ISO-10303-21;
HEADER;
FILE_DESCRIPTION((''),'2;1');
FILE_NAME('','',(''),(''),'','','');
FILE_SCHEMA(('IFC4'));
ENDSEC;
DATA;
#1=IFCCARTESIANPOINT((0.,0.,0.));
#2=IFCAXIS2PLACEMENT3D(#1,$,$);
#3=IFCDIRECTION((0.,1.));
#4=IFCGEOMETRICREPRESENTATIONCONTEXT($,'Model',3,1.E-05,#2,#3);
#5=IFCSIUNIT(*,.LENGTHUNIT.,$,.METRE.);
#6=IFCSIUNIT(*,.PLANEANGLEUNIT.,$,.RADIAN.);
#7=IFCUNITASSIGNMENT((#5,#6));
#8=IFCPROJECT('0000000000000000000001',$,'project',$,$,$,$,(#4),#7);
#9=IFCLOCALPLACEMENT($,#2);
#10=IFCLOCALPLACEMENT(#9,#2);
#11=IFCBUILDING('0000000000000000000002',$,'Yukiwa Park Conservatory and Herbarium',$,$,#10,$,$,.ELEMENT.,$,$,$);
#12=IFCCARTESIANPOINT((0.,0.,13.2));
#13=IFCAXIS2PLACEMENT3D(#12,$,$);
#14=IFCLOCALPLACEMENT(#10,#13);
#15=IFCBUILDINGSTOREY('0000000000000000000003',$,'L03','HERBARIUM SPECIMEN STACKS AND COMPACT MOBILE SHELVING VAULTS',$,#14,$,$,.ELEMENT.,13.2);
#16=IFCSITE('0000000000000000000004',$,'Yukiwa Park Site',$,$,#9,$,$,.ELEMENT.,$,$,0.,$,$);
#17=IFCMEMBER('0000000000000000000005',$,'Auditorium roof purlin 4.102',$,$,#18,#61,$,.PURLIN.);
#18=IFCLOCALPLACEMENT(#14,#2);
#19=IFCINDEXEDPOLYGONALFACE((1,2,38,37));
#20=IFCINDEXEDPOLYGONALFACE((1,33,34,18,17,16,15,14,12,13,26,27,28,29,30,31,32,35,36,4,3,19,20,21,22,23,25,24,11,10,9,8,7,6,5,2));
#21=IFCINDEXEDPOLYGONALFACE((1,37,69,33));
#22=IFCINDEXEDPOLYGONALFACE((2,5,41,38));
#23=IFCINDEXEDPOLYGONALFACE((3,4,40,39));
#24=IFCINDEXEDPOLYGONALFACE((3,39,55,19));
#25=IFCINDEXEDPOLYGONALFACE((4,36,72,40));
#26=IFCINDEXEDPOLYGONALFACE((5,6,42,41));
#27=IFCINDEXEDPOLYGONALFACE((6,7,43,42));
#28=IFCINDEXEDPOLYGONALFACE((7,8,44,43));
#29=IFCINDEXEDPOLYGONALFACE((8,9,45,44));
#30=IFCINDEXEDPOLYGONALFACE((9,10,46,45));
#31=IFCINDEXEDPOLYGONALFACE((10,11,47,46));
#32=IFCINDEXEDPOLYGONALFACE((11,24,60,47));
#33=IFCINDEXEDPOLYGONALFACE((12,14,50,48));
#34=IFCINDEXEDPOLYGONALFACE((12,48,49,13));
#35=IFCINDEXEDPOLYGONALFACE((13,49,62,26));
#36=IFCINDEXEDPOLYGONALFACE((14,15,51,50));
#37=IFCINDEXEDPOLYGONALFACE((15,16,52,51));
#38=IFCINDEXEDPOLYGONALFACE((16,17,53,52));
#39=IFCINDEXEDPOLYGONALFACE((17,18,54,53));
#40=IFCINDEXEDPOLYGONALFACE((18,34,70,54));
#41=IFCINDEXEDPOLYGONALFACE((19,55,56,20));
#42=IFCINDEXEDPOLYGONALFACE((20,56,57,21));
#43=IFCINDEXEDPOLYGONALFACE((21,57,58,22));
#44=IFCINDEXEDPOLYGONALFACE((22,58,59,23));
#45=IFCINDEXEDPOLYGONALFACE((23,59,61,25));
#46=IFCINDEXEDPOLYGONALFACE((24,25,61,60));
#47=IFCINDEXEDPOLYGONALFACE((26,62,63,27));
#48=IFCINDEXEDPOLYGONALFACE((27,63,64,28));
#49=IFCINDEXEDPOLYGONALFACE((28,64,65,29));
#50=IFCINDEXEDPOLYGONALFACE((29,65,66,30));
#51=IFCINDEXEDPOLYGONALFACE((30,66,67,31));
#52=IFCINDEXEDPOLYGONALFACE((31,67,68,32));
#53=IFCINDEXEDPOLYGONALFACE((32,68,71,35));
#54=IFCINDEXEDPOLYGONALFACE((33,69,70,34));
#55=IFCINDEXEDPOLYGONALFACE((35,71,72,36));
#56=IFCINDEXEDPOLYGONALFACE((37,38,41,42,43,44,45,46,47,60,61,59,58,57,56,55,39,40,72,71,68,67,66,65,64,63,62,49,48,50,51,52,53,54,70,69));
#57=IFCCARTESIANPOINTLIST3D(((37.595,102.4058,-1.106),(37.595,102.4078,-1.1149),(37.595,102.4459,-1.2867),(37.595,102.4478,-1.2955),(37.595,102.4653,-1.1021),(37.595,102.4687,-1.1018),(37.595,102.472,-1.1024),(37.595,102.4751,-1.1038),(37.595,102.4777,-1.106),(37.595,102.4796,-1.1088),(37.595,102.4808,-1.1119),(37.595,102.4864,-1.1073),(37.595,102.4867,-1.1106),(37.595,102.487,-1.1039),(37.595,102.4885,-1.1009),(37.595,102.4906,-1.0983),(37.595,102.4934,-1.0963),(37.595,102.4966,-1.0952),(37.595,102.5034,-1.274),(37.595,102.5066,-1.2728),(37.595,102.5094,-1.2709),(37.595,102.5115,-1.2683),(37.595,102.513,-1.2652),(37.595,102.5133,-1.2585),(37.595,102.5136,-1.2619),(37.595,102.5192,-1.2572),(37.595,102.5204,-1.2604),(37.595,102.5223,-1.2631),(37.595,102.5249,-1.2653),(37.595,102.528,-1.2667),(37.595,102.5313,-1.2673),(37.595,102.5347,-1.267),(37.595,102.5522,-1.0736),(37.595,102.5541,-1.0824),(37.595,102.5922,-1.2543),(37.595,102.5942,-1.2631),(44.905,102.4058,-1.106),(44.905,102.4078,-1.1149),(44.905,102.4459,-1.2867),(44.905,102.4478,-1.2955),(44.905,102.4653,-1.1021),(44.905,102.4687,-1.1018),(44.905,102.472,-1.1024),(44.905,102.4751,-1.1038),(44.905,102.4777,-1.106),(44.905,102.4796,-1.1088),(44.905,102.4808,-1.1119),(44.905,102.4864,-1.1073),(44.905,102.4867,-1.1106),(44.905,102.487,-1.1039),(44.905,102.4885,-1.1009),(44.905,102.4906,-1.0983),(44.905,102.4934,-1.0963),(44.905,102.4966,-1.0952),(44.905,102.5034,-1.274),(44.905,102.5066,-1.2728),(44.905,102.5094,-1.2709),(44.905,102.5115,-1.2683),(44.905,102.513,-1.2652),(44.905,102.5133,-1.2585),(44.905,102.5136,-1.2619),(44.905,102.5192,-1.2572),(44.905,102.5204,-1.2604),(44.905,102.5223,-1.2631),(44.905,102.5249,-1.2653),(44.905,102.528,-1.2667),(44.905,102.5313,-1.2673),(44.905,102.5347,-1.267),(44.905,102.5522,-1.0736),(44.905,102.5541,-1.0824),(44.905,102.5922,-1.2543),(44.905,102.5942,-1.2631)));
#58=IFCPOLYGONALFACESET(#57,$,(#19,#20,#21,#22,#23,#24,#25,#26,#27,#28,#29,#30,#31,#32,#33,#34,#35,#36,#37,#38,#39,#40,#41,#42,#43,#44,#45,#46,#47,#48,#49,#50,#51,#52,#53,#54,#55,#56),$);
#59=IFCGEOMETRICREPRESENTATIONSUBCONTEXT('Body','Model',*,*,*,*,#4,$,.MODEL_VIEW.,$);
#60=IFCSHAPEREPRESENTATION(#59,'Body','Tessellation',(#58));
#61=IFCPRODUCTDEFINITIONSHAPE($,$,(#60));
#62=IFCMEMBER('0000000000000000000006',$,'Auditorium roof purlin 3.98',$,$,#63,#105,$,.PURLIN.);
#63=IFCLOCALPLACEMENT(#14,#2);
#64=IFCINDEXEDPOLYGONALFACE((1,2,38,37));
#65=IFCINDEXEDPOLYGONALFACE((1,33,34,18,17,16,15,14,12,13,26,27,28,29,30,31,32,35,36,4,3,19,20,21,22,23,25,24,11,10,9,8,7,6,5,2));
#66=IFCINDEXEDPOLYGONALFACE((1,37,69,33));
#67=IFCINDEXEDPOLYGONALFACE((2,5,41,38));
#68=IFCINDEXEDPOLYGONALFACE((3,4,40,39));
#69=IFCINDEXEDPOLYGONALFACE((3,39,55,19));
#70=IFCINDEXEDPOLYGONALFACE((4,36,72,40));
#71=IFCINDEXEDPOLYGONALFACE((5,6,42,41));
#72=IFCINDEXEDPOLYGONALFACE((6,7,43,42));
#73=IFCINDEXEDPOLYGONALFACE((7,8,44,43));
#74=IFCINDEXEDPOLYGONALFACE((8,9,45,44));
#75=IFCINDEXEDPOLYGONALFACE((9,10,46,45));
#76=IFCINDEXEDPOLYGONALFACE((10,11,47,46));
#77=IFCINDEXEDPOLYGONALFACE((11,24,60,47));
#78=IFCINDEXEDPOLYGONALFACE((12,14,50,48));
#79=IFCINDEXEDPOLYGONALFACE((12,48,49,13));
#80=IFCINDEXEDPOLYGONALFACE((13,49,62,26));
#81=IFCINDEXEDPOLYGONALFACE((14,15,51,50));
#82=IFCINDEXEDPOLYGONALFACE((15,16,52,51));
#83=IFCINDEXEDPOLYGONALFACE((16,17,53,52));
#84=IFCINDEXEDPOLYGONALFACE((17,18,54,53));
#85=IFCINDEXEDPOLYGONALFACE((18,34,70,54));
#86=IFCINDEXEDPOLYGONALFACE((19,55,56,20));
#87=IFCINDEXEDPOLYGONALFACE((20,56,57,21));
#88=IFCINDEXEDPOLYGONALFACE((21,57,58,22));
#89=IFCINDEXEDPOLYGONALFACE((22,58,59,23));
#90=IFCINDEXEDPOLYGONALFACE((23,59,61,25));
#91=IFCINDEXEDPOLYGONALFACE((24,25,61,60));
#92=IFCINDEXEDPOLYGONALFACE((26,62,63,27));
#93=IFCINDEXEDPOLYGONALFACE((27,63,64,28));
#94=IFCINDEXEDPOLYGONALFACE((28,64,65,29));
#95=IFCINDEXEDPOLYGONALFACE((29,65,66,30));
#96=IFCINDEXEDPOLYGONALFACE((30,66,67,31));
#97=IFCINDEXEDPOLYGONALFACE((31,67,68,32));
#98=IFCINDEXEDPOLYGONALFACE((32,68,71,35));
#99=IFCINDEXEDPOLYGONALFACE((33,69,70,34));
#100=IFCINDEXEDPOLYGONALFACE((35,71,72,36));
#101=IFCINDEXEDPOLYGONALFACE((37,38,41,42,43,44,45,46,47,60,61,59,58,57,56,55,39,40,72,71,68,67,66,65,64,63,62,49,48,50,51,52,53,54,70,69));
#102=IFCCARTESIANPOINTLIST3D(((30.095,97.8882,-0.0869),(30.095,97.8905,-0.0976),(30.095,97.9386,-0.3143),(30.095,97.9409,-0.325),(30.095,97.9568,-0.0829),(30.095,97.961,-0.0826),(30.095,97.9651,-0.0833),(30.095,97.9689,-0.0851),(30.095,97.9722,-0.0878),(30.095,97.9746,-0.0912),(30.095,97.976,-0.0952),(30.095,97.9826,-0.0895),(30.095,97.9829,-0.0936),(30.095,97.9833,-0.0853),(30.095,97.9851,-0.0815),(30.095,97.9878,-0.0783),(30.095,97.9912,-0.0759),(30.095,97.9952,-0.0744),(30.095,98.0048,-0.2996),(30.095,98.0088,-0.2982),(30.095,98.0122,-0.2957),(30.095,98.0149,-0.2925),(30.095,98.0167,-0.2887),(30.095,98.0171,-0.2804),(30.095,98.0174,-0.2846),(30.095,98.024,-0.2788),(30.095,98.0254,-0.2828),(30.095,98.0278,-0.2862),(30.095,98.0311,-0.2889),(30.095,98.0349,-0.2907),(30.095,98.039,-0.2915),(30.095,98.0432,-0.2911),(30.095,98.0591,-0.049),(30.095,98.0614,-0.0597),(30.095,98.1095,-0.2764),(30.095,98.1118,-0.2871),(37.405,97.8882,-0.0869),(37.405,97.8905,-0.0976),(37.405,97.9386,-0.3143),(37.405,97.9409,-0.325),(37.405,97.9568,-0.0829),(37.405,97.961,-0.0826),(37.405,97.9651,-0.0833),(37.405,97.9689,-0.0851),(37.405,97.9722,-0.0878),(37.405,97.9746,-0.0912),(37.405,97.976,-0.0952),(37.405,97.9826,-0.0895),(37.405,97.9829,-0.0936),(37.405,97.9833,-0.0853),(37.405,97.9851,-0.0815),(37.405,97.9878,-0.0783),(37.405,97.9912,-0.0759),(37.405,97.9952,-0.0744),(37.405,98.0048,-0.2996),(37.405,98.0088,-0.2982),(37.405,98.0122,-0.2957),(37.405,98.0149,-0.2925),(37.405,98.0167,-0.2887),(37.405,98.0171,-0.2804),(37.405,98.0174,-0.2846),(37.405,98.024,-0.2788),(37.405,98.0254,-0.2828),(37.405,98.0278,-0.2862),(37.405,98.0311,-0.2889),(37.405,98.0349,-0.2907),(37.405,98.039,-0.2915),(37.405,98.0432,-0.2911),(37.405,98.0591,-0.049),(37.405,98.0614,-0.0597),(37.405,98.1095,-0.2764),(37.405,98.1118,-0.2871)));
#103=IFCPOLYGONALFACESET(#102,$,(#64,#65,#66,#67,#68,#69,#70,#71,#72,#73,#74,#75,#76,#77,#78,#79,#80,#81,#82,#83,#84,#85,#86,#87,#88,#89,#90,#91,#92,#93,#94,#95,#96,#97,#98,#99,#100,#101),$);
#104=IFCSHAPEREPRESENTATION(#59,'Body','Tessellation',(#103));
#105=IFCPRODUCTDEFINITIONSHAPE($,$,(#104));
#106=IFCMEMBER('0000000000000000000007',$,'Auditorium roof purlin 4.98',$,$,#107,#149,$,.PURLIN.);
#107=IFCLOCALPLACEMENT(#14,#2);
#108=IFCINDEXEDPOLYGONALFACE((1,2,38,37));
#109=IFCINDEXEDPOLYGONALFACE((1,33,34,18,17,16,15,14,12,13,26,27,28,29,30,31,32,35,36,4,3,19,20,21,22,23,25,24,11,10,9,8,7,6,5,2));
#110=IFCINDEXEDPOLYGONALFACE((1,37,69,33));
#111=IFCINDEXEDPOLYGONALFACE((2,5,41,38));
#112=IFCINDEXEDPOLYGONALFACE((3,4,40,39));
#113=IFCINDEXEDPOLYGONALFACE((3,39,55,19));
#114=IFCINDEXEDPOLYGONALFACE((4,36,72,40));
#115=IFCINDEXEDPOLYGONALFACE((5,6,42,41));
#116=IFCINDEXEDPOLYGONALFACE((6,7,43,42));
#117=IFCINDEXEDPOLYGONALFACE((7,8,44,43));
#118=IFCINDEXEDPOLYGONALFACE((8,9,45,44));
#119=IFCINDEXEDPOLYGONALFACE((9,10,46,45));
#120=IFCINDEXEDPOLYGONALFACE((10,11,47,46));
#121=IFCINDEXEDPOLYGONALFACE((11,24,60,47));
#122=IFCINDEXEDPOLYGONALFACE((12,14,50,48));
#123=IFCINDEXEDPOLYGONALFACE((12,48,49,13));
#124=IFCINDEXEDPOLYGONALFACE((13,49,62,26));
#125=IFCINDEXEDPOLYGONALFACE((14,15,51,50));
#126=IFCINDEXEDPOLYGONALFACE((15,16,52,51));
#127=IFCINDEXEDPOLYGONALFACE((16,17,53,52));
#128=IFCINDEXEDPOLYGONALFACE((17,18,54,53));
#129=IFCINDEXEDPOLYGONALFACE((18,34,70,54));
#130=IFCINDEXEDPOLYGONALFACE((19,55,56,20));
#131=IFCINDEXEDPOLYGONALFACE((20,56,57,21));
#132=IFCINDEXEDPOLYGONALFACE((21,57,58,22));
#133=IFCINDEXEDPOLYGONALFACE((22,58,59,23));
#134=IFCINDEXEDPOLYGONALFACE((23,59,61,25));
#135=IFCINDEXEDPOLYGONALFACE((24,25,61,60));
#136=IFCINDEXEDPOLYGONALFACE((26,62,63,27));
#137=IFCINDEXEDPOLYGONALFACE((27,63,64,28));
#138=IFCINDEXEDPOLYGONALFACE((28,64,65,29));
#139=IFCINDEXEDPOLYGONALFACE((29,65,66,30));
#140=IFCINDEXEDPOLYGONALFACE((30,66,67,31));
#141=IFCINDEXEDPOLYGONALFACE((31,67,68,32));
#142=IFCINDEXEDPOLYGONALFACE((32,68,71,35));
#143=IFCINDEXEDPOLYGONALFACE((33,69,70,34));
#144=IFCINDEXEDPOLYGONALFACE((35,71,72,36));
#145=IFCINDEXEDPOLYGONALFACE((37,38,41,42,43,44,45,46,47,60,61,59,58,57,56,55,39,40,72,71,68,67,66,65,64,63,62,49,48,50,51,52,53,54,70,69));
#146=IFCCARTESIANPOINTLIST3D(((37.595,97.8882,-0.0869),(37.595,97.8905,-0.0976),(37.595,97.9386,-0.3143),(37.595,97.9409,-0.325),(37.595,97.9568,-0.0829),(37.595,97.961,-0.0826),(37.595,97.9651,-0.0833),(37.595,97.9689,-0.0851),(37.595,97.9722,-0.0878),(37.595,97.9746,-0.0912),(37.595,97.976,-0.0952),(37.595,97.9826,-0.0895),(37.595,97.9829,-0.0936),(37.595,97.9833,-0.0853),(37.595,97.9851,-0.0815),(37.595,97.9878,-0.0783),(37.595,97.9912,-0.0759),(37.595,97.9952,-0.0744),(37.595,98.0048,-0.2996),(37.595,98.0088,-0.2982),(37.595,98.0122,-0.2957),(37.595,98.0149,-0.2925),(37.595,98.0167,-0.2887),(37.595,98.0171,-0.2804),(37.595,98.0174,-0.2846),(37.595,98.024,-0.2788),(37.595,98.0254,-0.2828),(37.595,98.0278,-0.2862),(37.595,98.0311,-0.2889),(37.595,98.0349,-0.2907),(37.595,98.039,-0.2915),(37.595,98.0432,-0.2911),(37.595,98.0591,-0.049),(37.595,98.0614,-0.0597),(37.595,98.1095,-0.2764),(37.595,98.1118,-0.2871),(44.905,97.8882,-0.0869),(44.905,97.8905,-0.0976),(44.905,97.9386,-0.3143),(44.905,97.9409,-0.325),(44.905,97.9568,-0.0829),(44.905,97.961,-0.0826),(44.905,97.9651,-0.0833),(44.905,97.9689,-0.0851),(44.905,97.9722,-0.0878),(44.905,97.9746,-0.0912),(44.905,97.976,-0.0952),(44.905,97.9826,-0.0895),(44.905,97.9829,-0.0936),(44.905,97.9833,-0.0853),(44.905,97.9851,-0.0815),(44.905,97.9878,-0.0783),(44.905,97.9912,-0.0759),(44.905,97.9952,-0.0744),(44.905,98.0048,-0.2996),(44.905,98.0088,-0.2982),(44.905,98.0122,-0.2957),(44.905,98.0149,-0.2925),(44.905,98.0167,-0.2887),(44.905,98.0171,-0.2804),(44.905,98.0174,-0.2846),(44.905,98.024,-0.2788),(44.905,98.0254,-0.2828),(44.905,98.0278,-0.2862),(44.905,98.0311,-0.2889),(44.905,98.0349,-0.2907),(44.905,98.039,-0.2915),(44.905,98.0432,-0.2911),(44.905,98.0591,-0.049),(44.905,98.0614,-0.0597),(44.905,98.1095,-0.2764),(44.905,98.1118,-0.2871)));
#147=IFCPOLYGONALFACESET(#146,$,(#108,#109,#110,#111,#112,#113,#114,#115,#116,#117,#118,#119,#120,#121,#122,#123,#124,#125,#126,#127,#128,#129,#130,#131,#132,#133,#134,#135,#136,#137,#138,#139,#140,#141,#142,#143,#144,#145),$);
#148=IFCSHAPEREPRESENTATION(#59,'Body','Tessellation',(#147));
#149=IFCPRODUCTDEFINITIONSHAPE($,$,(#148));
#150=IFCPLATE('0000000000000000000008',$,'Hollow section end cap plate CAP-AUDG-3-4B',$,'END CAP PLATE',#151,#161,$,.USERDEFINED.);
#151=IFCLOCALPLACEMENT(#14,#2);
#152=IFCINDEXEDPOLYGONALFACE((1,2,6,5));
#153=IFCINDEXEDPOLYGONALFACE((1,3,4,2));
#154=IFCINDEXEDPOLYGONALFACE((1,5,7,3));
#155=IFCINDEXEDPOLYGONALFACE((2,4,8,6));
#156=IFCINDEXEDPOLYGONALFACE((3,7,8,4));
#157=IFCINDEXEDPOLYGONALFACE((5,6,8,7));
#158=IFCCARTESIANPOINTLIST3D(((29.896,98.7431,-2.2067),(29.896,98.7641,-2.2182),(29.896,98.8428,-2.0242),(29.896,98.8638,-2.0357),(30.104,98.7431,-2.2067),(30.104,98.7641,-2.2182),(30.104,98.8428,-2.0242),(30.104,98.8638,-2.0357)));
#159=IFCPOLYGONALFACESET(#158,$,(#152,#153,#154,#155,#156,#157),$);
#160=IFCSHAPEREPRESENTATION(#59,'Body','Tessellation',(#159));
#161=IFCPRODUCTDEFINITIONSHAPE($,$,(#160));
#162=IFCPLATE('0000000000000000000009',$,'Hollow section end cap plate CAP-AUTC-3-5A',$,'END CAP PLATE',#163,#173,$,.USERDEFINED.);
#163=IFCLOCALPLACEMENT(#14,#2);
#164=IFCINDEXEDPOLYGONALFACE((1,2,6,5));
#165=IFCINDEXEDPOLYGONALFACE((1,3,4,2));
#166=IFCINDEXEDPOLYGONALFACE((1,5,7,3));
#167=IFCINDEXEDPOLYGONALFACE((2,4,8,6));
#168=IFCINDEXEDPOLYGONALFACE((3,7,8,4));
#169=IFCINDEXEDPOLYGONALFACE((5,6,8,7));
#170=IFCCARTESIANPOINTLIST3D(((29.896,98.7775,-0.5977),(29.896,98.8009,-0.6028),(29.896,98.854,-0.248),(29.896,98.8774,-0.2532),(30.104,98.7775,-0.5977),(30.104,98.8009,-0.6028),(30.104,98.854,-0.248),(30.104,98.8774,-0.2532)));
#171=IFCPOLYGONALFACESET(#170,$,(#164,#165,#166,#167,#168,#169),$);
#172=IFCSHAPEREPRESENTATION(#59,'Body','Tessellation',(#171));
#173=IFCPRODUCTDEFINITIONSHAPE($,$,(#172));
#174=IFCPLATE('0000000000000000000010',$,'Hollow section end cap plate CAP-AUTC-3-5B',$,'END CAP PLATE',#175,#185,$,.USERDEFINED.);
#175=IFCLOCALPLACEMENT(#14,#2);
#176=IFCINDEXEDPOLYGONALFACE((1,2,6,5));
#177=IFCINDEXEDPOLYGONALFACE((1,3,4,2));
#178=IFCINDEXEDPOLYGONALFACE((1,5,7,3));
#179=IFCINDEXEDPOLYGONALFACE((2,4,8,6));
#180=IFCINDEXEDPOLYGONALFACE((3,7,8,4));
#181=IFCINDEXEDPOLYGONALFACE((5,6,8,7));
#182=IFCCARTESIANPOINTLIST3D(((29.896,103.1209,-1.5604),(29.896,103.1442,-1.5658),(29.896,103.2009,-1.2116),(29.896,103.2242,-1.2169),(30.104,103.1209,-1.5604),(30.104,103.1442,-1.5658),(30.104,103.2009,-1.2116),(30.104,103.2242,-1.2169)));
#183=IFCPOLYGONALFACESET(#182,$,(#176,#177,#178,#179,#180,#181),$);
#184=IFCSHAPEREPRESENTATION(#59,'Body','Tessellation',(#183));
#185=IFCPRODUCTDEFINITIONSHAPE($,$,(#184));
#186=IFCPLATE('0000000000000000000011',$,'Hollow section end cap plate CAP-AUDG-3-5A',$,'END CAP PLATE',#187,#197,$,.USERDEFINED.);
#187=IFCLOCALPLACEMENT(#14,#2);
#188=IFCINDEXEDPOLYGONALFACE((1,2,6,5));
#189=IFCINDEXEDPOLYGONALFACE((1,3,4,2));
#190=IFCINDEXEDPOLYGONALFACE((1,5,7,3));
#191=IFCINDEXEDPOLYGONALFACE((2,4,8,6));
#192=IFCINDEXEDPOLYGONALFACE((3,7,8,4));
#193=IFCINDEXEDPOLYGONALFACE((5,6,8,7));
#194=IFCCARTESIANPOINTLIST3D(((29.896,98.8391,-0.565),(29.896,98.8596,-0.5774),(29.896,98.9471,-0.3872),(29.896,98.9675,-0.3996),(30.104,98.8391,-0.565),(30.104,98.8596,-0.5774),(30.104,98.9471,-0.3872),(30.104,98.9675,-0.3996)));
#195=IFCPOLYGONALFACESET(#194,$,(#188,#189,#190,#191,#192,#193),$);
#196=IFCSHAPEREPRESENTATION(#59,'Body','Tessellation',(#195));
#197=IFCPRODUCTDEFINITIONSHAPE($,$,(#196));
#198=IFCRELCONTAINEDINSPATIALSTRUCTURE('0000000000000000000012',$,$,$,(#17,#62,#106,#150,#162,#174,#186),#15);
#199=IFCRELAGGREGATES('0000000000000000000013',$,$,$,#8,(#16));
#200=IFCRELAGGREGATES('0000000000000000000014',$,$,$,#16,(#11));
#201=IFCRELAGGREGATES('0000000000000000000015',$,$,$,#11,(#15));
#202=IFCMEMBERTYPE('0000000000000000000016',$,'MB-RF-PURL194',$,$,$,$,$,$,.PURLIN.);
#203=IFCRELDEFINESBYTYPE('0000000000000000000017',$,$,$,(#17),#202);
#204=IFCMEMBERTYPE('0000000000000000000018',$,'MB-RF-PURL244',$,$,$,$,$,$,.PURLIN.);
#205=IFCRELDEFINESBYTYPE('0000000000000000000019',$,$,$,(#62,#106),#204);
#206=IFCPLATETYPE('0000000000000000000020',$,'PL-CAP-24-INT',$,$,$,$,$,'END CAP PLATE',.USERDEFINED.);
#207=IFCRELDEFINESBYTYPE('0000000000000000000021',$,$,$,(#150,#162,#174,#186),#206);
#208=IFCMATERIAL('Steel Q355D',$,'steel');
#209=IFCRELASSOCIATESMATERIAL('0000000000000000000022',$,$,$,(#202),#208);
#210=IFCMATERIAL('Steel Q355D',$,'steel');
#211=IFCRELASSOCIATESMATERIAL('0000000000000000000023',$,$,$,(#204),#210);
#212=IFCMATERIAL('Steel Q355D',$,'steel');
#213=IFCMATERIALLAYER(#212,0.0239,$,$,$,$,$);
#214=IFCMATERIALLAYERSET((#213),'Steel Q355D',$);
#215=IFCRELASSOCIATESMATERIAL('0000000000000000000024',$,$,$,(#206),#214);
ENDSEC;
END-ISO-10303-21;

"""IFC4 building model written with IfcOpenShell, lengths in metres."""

from ifc_helpers import new_model, si_unit, direction, frame, origin, origin_2d, place, context, subcontext, project, spatial, rectangle, i_section, extrude, material, layer, layer_set, material_profile, profile_set, type_object, element, save


model = new_model("IFC4")

# Units and contexts
model_context = context("Model", 3, precision=1e-05, world=origin(), true_north=direction((0.0, 1.0)))
body_context = subcontext(model_context, "Body", "Model", "MODEL_VIEW")
ifc_project = project(units=[si_unit("LENGTHUNIT", "METRE"), si_unit("PLANEANGLEUNIT", "RADIAN")], contexts=[model_context])

# Site, building, storey
site_placement = place(None, origin())
site = spatial("IfcSite", under=ifc_project, at=site_placement, Name="Yukiwa Park Site", CompositionType="ELEMENT", RefElevation=0.0)
building_placement = place(site_placement, origin())
building = spatial("IfcBuilding", under=site, at=building_placement, Name="Yukiwa Park Conservatory and Herbarium", CompositionType="ELEMENT")
storey_placement = place(building_placement, frame((0.0, 0.0, 13.2)))
storey = spatial("IfcBuildingStorey", under=building, at=storey_placement, Name="L03", Description="HERBARIUM SPECIMEN STACKS AND COMPACT MOBILE SHELVING VAULTS", CompositionType="ELEMENT", Elevation=13.2)

# Members
ifc_material_1 = material(Name="Steel Q355D", Category="steel")
ifc_material_profile_1 = material_profile(ifc_material_1, i_section(OverallWidth=0.1499, OverallDepth=0.1941, WebThickness=0.0061, FlangeThickness=0.009, FilletRadius=0.0129, at=origin_2d()), Name="HM 194x150x6x9")
ifc_profile_set_1 = profile_set([ifc_material_profile_1], Name="Steel Q355D")
member_type_1 = type_object("IfcMemberType", Name="MB-RF-PURL194", PredefinedType="PURLIN", material=ifc_profile_set_1)
for number, where, z_axis, x_axis, name in (
    (1, (37.595, 102.5, -1.1846), (1.0, 0.0, 0.0), (0.0, 0.976296, 0.21644), "Auditorium roof purlin 4.102"),
):
    element("IfcMember", number, at=place(storey_placement, frame(where, z_axis=z_axis, x_axis=x_axis)), inside=storey, type_object=member_type_1, Name=name, PredefinedType="PURLIN", context=body_context, shape_type="SweptSolid", body=[
        extrude(i_section(OverallWidth=0.1499, OverallDepth=0.1941, WebThickness=0.0061, FlangeThickness=0.009, FilletRadius=0.0129, at=origin_2d()), origin(), (0.0, 0.0, 1.0), 7.3101),
    ])
ifc_material_2 = material(Name="Steel Q355D", Category="steel")
ifc_material_profile_2 = material_profile(ifc_material_2, i_section(OverallWidth=0.175, OverallDepth=0.2439, WebThickness=0.0071, FlangeThickness=0.011, FilletRadius=0.0161, at=origin_2d()), Name="HM 244x175x7x11")
ifc_profile_set_2 = profile_set([ifc_material_profile_2], Name="Steel Q355D")
member_type_2 = type_object("IfcMemberType", Name="MB-RF-PURL244", PredefinedType="PURLIN", material=ifc_profile_set_2)
for number, where, z_axis, x_axis, name in (
    (2, (30.095, 98.0, -0.187), (1.0, 0.0, 0.0), (0.0, 0.976296, 0.21644), "Auditorium roof purlin 3.98"),
    (3, (37.595, 98.0, -0.187), (1.0, 0.0, 0.0), (0.0, 0.976296, 0.21644), "Auditorium roof purlin 4.98"),
):
    element("IfcMember", number, at=place(storey_placement, frame(where, z_axis=z_axis, x_axis=x_axis)), inside=storey, type_object=member_type_2, Name=name, PredefinedType="PURLIN", context=body_context, shape_type="SweptSolid", body=[
        extrude(i_section(OverallWidth=0.175, OverallDepth=0.2439, WebThickness=0.0071, FlangeThickness=0.011, FilletRadius=0.0161, at=origin_2d()), origin(), (0.0, 0.0, 1.0), 7.3101),
    ])

# Plates
ifc_material_3 = material(Name="Steel Q355D", Category="steel")
ifc_layer = layer(ifc_material_3, 0.0239)
ifc_layer_set = layer_set([ifc_layer], Name="Steel Q355D")
plate_type = type_object("IfcPlateType", Name="PL-CAP-24-INT", ElementType="END CAP PLATE", PredefinedType="USERDEFINED", material=ifc_layer_set)
plate_1_placement = place(storey_placement, frame((30.0, 98.793, -2.1155), z_axis=(0.0, 0.877505, -0.479567), x_axis=(-1.0, 0.0, 0.0)))
element("IfcPlate", 4, at=plate_1_placement, inside=storey, type_object=plate_type, Name="Hollow section end cap plate CAP-AUDG-3-4B", ObjectType="END CAP PLATE", PredefinedType="USERDEFINED", context=body_context, shape_type="SweptSolid", body=[
    extrude(rectangle(XDim=0.208, YDim=0.208, at=origin_2d()), origin(), (0.0, 0.0, 1.0), 0.0239),
])
for number, where, z_axis, x_axis, name in (
    (5, (30.0, 98.8391, -0.428), (0.0, -0.9769, 0.213697), (1.0, 0.0, 0.0), "Hollow section end cap plate CAP-AUTC-3-5A"),
    (6, (30.0, 103.1609, -1.386), (0.0, 0.974732, -0.223376), (-1.0, 0.0, 0.0), "Hollow section end cap plate CAP-AUTC-3-5B"),
):
    element("IfcPlate", number, at=place(storey_placement, frame(where, z_axis=z_axis, x_axis=x_axis)), inside=storey, type_object=plate_type, Name=name, ObjectType="END CAP PLATE", PredefinedType="USERDEFINED", context=body_context, shape_type="SweptSolid", body=[
        extrude(rectangle(XDim=0.208, YDim=0.3579, at=origin_2d()), origin(), (0.0, 0.0, 1.0), 0.0239),
    ])
plate_2_placement = place(storey_placement, frame((30.0, 98.9136, -0.4885), z_axis=(0.0, -0.854788, 0.518978), x_axis=(1.0, 0.0, 0.0)))
element("IfcPlate", 7, at=plate_2_placement, inside=storey, type_object=plate_type, Name="Hollow section end cap plate CAP-AUDG-3-5A", ObjectType="END CAP PLATE", PredefinedType="USERDEFINED", context=body_context, shape_type="SweptSolid", body=[
    extrude(rectangle(XDim=0.208, YDim=0.208, at=origin_2d()), origin(), (0.0, 0.0, 1.0), 0.0239),
])

save(model, "model.ifc")
